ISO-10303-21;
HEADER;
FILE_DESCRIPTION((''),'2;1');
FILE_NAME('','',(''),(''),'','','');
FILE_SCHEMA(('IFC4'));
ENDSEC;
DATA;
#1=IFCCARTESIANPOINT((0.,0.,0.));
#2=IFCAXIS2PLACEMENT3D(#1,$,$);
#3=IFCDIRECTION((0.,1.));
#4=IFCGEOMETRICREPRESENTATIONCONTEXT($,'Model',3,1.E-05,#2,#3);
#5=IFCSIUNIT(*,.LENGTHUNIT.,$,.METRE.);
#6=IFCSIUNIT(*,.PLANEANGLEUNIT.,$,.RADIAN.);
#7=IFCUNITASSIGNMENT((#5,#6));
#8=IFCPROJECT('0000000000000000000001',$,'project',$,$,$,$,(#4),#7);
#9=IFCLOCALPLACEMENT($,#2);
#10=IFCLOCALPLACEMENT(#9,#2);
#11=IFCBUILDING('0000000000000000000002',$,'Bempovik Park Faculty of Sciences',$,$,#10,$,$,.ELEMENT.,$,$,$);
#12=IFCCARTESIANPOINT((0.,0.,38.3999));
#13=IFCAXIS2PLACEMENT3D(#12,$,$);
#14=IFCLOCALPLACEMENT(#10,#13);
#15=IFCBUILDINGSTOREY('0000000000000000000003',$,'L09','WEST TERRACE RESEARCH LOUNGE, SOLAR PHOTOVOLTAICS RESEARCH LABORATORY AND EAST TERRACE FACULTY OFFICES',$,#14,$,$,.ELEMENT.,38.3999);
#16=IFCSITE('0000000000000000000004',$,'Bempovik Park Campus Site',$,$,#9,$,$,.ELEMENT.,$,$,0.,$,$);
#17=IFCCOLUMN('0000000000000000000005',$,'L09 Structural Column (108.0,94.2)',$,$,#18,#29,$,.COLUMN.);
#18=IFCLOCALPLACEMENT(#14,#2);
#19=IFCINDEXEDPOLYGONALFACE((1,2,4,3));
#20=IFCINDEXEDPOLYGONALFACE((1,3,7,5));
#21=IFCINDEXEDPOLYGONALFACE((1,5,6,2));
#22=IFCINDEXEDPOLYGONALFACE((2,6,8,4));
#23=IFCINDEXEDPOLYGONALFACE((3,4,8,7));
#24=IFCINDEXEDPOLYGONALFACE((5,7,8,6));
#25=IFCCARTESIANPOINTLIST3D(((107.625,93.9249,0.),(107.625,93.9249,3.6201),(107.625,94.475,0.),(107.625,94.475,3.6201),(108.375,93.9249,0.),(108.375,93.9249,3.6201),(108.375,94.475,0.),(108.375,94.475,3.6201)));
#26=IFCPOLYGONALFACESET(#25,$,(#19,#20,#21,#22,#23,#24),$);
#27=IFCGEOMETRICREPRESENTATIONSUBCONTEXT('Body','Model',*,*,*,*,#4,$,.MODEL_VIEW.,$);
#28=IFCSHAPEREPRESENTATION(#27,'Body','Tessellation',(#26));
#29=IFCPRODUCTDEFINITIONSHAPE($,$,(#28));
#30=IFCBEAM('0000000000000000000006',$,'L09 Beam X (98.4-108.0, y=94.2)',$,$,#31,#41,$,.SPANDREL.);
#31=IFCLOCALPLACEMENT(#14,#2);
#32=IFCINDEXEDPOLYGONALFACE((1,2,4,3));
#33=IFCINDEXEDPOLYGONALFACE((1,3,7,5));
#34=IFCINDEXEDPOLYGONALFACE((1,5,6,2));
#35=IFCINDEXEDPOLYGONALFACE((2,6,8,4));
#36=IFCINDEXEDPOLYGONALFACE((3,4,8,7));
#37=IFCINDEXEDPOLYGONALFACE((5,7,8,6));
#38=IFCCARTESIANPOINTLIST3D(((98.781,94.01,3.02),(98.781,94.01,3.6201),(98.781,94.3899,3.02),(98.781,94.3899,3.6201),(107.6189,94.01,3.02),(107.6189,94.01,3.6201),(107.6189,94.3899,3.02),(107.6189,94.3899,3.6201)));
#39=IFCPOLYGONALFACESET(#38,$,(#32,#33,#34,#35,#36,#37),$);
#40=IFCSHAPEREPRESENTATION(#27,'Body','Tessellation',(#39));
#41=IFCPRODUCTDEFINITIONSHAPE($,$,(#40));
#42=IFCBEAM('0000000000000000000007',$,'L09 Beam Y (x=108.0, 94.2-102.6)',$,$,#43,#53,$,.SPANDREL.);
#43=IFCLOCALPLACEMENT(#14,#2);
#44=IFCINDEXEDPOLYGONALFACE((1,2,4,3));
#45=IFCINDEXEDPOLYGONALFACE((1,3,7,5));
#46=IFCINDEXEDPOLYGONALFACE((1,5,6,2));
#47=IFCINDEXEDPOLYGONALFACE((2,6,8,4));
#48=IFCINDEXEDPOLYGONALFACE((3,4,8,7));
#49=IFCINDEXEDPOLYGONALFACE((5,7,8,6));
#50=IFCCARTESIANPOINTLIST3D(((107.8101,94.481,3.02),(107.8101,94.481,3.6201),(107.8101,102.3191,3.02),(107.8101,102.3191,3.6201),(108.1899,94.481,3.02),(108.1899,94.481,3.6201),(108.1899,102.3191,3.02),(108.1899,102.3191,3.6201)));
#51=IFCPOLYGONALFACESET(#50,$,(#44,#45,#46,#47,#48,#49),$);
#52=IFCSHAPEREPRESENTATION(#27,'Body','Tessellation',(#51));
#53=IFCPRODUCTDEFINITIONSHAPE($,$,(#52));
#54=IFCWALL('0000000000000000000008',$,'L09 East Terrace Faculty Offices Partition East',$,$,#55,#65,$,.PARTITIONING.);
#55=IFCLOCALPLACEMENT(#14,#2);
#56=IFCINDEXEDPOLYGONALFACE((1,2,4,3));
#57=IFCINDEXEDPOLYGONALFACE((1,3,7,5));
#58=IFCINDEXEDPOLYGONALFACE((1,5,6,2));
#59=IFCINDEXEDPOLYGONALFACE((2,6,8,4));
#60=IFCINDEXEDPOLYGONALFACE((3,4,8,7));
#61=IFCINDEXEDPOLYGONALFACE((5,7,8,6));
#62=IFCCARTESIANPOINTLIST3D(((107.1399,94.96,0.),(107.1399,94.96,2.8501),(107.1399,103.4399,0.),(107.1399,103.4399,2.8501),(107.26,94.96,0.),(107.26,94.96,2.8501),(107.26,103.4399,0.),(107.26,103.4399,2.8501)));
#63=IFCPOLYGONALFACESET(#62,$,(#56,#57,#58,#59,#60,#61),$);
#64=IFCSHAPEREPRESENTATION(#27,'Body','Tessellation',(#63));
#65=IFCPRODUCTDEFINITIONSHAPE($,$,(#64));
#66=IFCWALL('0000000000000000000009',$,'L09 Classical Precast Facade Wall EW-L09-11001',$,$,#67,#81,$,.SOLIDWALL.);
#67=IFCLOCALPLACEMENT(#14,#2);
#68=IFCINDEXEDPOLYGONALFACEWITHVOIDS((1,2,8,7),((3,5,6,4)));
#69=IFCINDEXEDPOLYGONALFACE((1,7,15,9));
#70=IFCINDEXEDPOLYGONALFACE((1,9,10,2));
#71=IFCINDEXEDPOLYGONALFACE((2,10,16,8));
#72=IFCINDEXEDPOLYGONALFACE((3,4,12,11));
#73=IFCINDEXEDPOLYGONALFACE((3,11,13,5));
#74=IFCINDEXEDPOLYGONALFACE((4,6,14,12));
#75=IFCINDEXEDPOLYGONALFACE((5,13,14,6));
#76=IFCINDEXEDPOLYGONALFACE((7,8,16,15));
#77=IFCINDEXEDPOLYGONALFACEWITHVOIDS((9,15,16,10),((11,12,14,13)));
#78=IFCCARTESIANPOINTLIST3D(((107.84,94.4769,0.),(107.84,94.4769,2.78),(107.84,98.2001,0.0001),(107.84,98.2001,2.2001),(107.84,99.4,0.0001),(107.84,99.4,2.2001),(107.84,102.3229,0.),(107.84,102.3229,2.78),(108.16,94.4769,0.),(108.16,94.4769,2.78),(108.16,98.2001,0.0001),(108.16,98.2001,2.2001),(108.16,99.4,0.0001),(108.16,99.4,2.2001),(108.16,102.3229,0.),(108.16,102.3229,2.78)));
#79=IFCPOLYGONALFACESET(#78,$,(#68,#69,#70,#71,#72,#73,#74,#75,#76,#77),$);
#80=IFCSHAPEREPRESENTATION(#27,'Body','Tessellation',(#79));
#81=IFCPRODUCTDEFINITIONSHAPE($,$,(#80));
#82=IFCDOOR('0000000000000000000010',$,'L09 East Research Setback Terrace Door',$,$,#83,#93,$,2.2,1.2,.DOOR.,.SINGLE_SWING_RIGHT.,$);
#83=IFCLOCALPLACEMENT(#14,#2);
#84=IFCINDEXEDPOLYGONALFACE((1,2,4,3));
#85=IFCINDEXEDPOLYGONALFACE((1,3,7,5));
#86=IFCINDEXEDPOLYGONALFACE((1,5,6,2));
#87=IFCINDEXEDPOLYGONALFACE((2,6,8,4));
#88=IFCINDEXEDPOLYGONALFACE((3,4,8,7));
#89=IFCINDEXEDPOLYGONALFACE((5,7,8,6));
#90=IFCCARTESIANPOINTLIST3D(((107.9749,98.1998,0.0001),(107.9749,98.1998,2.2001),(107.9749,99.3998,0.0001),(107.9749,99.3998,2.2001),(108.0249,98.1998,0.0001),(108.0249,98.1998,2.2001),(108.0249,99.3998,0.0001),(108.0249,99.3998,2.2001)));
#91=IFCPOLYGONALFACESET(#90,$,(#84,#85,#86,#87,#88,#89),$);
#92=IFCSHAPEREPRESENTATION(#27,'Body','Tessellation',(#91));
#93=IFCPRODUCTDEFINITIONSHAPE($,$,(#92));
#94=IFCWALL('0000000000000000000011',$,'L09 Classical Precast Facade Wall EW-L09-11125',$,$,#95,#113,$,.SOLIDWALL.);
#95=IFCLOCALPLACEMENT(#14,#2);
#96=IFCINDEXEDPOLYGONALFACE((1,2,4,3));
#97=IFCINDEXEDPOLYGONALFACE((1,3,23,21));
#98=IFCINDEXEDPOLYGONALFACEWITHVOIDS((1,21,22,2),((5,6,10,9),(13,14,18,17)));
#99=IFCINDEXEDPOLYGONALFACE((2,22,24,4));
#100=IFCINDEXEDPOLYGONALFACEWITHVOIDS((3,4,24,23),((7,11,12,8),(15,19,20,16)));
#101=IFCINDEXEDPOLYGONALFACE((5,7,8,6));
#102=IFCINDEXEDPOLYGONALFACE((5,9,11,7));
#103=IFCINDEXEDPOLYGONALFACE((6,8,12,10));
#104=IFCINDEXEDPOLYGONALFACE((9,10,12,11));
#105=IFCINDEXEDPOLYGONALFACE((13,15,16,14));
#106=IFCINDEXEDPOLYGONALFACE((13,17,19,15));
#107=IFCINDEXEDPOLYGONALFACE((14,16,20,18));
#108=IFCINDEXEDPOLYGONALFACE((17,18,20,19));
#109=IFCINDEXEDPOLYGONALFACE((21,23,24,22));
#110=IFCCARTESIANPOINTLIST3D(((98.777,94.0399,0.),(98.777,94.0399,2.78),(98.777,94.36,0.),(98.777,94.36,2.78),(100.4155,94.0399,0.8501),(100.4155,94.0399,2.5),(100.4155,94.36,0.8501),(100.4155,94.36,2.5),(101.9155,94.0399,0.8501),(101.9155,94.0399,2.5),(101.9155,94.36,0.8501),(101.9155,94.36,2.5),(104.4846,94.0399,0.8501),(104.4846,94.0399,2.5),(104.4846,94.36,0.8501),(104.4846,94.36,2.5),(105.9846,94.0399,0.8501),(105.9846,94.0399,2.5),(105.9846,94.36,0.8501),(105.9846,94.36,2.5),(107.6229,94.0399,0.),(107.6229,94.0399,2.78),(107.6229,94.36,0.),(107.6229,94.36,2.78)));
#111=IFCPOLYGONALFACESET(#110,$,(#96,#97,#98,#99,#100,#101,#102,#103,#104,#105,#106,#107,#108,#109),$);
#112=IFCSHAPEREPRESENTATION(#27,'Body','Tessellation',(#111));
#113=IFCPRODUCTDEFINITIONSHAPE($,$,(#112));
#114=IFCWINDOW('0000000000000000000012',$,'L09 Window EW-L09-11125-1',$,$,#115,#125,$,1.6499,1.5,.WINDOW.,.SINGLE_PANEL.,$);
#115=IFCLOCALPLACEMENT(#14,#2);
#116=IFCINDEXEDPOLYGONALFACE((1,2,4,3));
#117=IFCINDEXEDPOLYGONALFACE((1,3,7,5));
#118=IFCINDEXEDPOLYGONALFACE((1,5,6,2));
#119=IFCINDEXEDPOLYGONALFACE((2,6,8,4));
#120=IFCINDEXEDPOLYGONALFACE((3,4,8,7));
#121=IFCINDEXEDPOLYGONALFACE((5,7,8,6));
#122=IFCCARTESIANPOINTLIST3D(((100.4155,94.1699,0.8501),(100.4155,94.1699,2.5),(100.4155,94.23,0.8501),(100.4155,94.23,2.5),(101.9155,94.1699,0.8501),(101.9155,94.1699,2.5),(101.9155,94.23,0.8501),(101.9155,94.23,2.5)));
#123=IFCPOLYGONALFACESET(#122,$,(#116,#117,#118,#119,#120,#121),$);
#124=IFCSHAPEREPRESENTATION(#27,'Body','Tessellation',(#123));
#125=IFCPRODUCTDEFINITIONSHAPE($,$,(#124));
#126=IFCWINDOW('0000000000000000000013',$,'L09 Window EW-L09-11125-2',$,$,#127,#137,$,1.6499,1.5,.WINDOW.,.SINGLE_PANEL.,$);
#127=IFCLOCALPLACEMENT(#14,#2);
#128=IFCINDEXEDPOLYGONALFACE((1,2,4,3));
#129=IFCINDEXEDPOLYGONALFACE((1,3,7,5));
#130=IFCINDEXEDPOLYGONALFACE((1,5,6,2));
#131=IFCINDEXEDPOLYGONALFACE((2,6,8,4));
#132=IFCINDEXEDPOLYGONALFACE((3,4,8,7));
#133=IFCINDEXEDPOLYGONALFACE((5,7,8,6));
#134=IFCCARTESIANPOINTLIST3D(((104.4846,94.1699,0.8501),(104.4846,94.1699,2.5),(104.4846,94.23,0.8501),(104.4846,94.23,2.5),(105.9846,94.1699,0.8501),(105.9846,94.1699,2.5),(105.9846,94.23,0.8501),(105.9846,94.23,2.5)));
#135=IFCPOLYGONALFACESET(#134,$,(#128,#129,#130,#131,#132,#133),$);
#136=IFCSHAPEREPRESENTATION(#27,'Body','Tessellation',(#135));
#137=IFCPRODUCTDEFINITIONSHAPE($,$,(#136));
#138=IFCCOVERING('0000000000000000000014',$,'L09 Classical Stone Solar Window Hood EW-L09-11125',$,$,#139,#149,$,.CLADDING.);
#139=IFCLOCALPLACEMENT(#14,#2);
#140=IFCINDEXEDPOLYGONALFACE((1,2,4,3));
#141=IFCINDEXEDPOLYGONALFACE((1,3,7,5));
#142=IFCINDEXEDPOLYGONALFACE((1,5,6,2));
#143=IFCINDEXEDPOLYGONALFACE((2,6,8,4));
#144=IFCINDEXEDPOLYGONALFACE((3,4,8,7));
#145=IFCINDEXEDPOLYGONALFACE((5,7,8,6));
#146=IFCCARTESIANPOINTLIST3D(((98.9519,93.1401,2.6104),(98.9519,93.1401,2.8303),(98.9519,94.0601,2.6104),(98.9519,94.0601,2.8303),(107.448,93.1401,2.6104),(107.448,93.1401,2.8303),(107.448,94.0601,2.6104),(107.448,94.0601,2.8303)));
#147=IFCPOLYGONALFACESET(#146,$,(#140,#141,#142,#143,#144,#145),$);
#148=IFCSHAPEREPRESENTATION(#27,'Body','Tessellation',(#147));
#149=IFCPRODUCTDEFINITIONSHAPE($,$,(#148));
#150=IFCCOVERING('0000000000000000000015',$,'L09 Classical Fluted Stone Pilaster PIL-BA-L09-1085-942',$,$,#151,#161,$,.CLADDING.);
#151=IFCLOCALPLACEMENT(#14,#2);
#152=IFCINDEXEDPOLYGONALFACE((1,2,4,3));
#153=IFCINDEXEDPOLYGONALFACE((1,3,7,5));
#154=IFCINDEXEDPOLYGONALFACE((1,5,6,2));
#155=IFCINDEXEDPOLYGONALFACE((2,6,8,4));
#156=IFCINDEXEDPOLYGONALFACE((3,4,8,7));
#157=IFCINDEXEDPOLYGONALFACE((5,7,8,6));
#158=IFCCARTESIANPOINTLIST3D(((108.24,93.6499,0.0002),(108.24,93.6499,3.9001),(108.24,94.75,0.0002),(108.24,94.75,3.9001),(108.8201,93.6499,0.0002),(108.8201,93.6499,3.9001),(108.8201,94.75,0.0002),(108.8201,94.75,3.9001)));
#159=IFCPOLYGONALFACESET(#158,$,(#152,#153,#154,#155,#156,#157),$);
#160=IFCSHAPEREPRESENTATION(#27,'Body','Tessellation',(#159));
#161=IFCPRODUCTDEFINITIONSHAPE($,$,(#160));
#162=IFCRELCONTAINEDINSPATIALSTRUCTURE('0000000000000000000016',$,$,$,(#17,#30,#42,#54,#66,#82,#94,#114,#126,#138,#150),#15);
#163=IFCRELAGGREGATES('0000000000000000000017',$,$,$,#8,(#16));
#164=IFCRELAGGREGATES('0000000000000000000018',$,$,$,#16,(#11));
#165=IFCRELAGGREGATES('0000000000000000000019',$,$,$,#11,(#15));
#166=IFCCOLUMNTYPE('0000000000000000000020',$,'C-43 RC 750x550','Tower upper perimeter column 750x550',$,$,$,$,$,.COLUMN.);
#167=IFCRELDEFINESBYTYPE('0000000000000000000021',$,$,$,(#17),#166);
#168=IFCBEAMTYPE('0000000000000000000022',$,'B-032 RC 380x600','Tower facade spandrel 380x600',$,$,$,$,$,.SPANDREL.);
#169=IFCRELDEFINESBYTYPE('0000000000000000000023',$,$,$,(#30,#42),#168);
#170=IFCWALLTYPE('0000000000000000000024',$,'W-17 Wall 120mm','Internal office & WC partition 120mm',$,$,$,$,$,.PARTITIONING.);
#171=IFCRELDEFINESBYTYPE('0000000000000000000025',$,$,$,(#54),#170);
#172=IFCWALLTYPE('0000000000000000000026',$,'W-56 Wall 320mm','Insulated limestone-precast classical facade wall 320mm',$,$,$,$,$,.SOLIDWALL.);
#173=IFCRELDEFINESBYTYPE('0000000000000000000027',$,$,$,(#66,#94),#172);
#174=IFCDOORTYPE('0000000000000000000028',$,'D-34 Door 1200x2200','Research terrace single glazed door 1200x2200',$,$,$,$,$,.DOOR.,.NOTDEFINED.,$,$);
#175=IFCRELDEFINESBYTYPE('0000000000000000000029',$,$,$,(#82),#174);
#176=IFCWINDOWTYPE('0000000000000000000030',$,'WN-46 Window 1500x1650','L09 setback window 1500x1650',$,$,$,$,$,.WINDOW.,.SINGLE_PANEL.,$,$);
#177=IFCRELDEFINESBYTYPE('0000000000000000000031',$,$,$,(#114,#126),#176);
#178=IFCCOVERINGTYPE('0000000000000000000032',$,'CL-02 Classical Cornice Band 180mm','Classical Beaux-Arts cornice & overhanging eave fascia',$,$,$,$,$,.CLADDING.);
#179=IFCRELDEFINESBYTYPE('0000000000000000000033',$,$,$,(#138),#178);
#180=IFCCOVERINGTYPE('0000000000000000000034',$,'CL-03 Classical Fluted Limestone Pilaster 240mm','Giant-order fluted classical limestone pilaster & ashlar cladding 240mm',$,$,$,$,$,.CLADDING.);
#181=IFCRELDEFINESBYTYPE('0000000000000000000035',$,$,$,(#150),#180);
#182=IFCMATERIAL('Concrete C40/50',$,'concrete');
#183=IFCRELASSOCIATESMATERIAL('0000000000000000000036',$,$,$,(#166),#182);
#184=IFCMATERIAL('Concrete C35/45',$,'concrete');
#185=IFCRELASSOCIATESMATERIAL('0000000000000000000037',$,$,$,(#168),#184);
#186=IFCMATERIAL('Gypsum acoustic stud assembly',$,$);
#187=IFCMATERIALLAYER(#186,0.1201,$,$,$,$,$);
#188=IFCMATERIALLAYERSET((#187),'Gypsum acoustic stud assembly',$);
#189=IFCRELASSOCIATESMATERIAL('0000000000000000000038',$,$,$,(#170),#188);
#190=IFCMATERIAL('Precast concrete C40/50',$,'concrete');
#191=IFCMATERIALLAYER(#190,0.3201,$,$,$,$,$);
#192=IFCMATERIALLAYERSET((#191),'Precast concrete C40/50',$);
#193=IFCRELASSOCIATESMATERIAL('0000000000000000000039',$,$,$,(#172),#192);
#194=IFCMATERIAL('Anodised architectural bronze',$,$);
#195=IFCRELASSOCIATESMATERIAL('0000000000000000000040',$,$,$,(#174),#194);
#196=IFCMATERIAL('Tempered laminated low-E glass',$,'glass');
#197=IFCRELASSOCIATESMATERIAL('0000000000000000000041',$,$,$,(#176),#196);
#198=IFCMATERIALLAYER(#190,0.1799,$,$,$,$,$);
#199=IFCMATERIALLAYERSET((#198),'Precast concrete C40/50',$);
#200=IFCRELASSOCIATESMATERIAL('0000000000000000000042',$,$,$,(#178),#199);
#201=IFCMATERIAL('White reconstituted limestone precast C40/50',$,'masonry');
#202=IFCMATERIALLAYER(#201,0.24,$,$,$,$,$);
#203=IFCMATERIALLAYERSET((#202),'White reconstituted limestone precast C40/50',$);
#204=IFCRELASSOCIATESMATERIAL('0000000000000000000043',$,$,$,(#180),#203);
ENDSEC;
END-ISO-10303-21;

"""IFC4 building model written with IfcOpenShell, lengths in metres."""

from ifc_helpers import new_model, si_unit, direction, frame, frame_2d, origin, origin_2d, place, context, subcontext, project, spatial, rectangle, extrude, material, layer, layer_set, material_profile, profile_set, type_object, element, fill, save


model = new_model("IFC4")

# Units and contexts
model_context = context("Model", 3, precision=1e-05, world=origin(), true_north=direction((0.0, 1.0)))
body_context = subcontext(model_context, "Body", "Model", "MODEL_VIEW")
ifc_project = project(units=[si_unit("LENGTHUNIT", "METRE"), si_unit("PLANEANGLEUNIT", "RADIAN")], contexts=[model_context])

# Site, building, storey
site_placement = place(None, origin())
site = spatial("IfcSite", under=ifc_project, at=site_placement, Name="Bempovik Park Campus Site", CompositionType="ELEMENT", RefElevation=0.0)
building_placement = place(site_placement, origin())
building = spatial("IfcBuilding", under=site, at=building_placement, Name="Bempovik Park Faculty of Sciences", CompositionType="ELEMENT")
storey_placement = place(building_placement, frame((0.0, 0.0, 38.3999)))
storey = spatial("IfcBuildingStorey", under=building, at=storey_placement, Name="L09", Description="WEST TERRACE RESEARCH LOUNGE, SOLAR PHOTOVOLTAICS RESEARCH LABORATORY AND EAST TERRACE FACULTY OFFICES", CompositionType="ELEMENT", Elevation=38.3999)

# Column
ifc_material_1 = material(Name="Concrete C40/50", Category="concrete")
ifc_material_profile_1 = material_profile(ifc_material_1, rectangle(XDim=0.75, YDim=0.55, at=origin_2d()), Name="RC 750x550")
ifc_profile_set_1 = profile_set([ifc_material_profile_1], Name="Concrete C40/50")
column_type = type_object("IfcColumnType", Name="C-43 RC 750x550", Description="Tower upper perimeter column 750x550", PredefinedType="COLUMN", material=ifc_profile_set_1)
column_placement = place(storey_placement, frame((108.0, 94.2, 0.0), z_axis=(0.0, 0.0, 1.0), x_axis=(1.0, 0.0, 0.0)))
element("IfcColumn", 1, at=column_placement, inside=storey, type_object=column_type, Name="L09 Structural Column (108.0,94.2)", PredefinedType="COLUMN", context=body_context, shape_type="SweptSolid", body=[
    extrude(rectangle(XDim=0.75, YDim=0.55, at=origin_2d()), origin(), (0.0, 0.0, 1.0), 3.6201),
])

# Beams
ifc_material_2 = material(Name="Concrete C35/45", Category="concrete")
ifc_material_profile_2 = material_profile(ifc_material_2, rectangle(XDim=0.3799, YDim=0.6001, at=origin_2d()), Name="RC 380x600")
ifc_profile_set_2 = profile_set([ifc_material_profile_2], Name="Concrete C35/45")
beam_type = type_object("IfcBeamType", Name="B-032 RC 380x600", Description="Tower facade spandrel 380x600", PredefinedType="SPANDREL", material=ifc_profile_set_2)
beam_1_placement = place(storey_placement, frame((98.781, 94.2, 3.3201), z_axis=(1.0, 0.0, 0.0), x_axis=(0.0, 1.0, 0.0)))
element("IfcBeam", 2, at=beam_1_placement, inside=storey, type_object=beam_type, Name="L09 Beam X (98.4-108.0, y=94.2)", PredefinedType="SPANDREL", context=body_context, shape_type="SweptSolid", body=[
    extrude(rectangle(XDim=0.3799, YDim=0.6001, at=origin_2d()), origin(), (0.0, 0.0, 1.0), 8.8379),
])
beam_2_placement = place(storey_placement, frame((108.0, 94.481, 3.3201), z_axis=(0.0, 1.0, 0.0), x_axis=(-1.0, 0.0, 0.0)))
element("IfcBeam", 3, at=beam_2_placement, inside=storey, type_object=beam_type, Name="L09 Beam Y (x=108.0, 94.2-102.6)", PredefinedType="SPANDREL", context=body_context, shape_type="SweptSolid", body=[
    extrude(rectangle(XDim=0.3799, YDim=0.6001, at=origin_2d()), origin(), (0.0, 0.0, 1.0), 7.8381),
])

# Wall
ifc_material_3 = material(Name="Gypsum acoustic stud assembly")
ifc_layer_1 = layer(ifc_material_3, 0.1201)
ifc_layer_set_1 = layer_set([ifc_layer_1], Name="Gypsum acoustic stud assembly")
wall_type_1 = type_object("IfcWallType", Name="W-17 Wall 120mm", Description="Internal office & WC partition 120mm", PredefinedType="PARTITIONING", material=ifc_layer_set_1)
wall_1_placement = place(storey_placement, frame((107.2, 94.96, 0.0), z_axis=(0.0, 0.0, 1.0), x_axis=(0.0, 1.0, 0.0)))
element("IfcWall", 4, at=wall_1_placement, inside=storey, type_object=wall_type_1, Name="L09 East Terrace Faculty Offices Partition East", PredefinedType="PARTITIONING", context=body_context, shape_type="SweptSolid", body=[
    extrude(rectangle(XDim=8.48, YDim=0.1201, at=frame_2d((4.24, 0.0))), origin(), (0.0, 0.0, 1.0), 2.8501),
])

# Wall, opening, door
ifc_material_4 = material(Name="Precast concrete C40/50", Category="concrete")
ifc_layer_2 = layer(ifc_material_4, 0.3201)
ifc_layer_set_2 = layer_set([ifc_layer_2], Name="Precast concrete C40/50")
wall_type_2 = type_object("IfcWallType", Name="W-56 Wall 320mm", Description="Insulated limestone-precast classical facade wall 320mm", PredefinedType="SOLIDWALL", material=ifc_layer_set_2)
wall_2_placement = place(storey_placement, frame((108.0, 94.4771, 0.0), z_axis=(0.0, 0.0, 1.0), x_axis=(0.0, 1.0, 0.0)))
wall_2 = element("IfcWall", 5, at=wall_2_placement, inside=storey, type_object=wall_type_2, Name="L09 Classical Precast Facade Wall EW-L09-11001", PredefinedType="SOLIDWALL", context=body_context, shape_type="SweptSolid", body=[
    extrude(rectangle(XDim=7.8459, YDim=0.3201, at=frame_2d((3.9229, 0.0))), origin(), (0.0, 0.0, 1.0), 2.78),
])
opening_1_placement = place(wall_2_placement, frame((3.7229, 0.0, 0.0)))
opening_1 = element("IfcOpeningElement", 6, at=opening_1_placement, cuts=wall_2, PredefinedType="OPENING", context=body_context, shape_type="SweptSolid", body=[
    extrude(rectangle(XDim=1.2, YDim=2.2, at=frame_2d((0.6001, 1.1001))), frame((0.0, 0.1699, 0.0), z_axis=(0.0, -1.0, 0.0), x_axis=(1.0, 0.0, 0.0)), (0.0, 0.0, 1.0), 0.3401),
])
ifc_material_5 = material(Name="Anodised architectural bronze")
door_type = type_object("IfcDoorType", Name="D-34 Door 1200x2200", Description="Research terrace single glazed door 1200x2200", OperationType="NOTDEFINED", PredefinedType="DOOR", material=ifc_material_5)
door_placement = place(opening_1_placement, frame((1.2, 0.0, 0.0), z_axis=(0.0, 0.0, 1.0), x_axis=(-1.0, 0.0, 0.0)))
door = element("IfcDoor", 7, at=door_placement, inside=storey, type_object=door_type, Name="L09 East Research Setback Terrace Door", OperationType="SINGLE_SWING_RIGHT", OverallHeight=2.2, OverallWidth=1.2, PredefinedType="DOOR", context=body_context, shape_type="SweptSolid", body=[
    extrude(rectangle(XDim=1.2, YDim=2.2, at=frame_2d((0.6001, 1.1001))), frame((0.0, 0.0249, 0.0), z_axis=(0.0, -1.0, 0.0), x_axis=(1.0, 0.0, 0.0)), (0.0, 0.0, 1.0), 0.05),
])
fill(opening_1, door)

# Wall, openings, windows
wall_3_placement = place(storey_placement, frame((98.7771, 94.2, 0.0), z_axis=(0.0, 0.0, 1.0), x_axis=(1.0, 0.0, 0.0)))
wall_3 = element("IfcWall", 8, at=wall_3_placement, inside=storey, type_object=wall_type_2, Name="L09 Classical Precast Facade Wall EW-L09-11125", PredefinedType="SOLIDWALL", context=body_context, shape_type="SweptSolid", body=[
    extrude(rectangle(XDim=8.8459, YDim=0.3201, at=frame_2d((4.4229, 0.0))), origin(), (0.0, 0.0, 1.0), 2.78),
])
opening_2_placement = place(wall_3_placement, frame((1.6384, 0.0, 0.8501)))
opening_2 = element("IfcOpeningElement", 9, at=opening_2_placement, cuts=wall_3, PredefinedType="OPENING", context=body_context, shape_type="SweptSolid", body=[
    extrude(rectangle(XDim=1.5, YDim=1.6499, at=frame_2d((0.75, 0.825))), frame((0.0, 0.1699, 0.0), z_axis=(0.0, -1.0, 0.0), x_axis=(1.0, 0.0, 0.0)), (0.0, 0.0, 1.0), 0.3401),
])
opening_3_placement = place(wall_3_placement, frame((5.7075, 0.0, 0.8501)))
opening_3 = element("IfcOpeningElement", 10, at=opening_3_placement, cuts=wall_3, PredefinedType="OPENING", context=body_context, shape_type="SweptSolid", body=[
    extrude(rectangle(XDim=1.5, YDim=1.6499, at=frame_2d((0.75, 0.825))), frame((0.0, 0.1699, 0.0), z_axis=(0.0, -1.0, 0.0), x_axis=(1.0, 0.0, 0.0)), (0.0, 0.0, 1.0), 0.3401),
])
ifc_material_6 = material(Name="Tempered laminated low-E glass", Category="glass")
window_type = type_object("IfcWindowType", Name="WN-46 Window 1500x1650", Description="L09 setback window 1500x1650", PartitioningType="SINGLE_PANEL", PredefinedType="WINDOW", material=ifc_material_6)
window_1_placement = place(opening_2_placement, origin())
window_1 = element("IfcWindow", 11, at=window_1_placement, inside=storey, type_object=window_type, Name="L09 Window EW-L09-11125-1", OverallHeight=1.6499, OverallWidth=1.5, PartitioningType="SINGLE_PANEL", PredefinedType="WINDOW", context=body_context, shape_type="SweptSolid", body=[
    extrude(rectangle(XDim=1.5, YDim=1.6499, at=frame_2d((0.75, 0.825))), frame((0.0, 0.03, 0.0), z_axis=(0.0, -1.0, 0.0), x_axis=(1.0, 0.0, 0.0)), (0.0, 0.0, 1.0), 0.0601),
])
fill(opening_2, window_1)
window_2_placement = place(opening_3_placement, origin())
window_2 = element("IfcWindow", 12, at=window_2_placement, inside=storey, type_object=window_type, Name="L09 Window EW-L09-11125-2", OverallHeight=1.6499, OverallWidth=1.5, PartitioningType="SINGLE_PANEL", PredefinedType="WINDOW", context=body_context, shape_type="SweptSolid", body=[
    extrude(rectangle(XDim=1.5, YDim=1.6499, at=frame_2d((0.75, 0.825))), frame((0.0, 0.03, 0.0), z_axis=(0.0, -1.0, 0.0), x_axis=(1.0, 0.0, 0.0)), (0.0, 0.0, 1.0), 0.0601),
])
fill(opening_3, window_2)

# Coverings
ifc_layer_3 = layer(ifc_material_4, 0.1799)
ifc_layer_set_3 = layer_set([ifc_layer_3], Name="Precast concrete C40/50")
covering_type_1 = type_object("IfcCoveringType", Name="CL-02 Classical Cornice Band 180mm", Description="Classical Beaux-Arts cornice & overhanging eave fascia", PredefinedType="CLADDING", material=ifc_layer_set_3)
covering_1_placement = place(storey_placement, frame((103.2, 93.6001, 2.6104), z_axis=(0.0, 0.0, 1.0), x_axis=(1.0, 0.0, 0.0)))
element("IfcCovering", 13, at=covering_1_placement, inside=storey, type_object=covering_type_1, Name="L09 Classical Stone Solar Window Hood EW-L09-11125", PredefinedType="CLADDING", context=body_context, shape_type="SweptSolid", body=[
    extrude(rectangle(XDim=8.4961, YDim=0.9199, at=origin_2d()), origin(), (0.0, 0.0, 1.0), 0.22),
])
ifc_material_7 = material(Name="White reconstituted limestone precast C40/50", Category="masonry")
ifc_layer_4 = layer(ifc_material_7, 0.24)
ifc_layer_set_4 = layer_set([ifc_layer_4], Name="White reconstituted limestone precast C40/50")
covering_type_2 = type_object("IfcCoveringType", Name="CL-03 Classical Fluted Limestone Pilaster 240mm", Description="Giant-order fluted classical limestone pilaster & ashlar cladding 240mm", PredefinedType="CLADDING", material=ifc_layer_set_4)
covering_2_placement = place(storey_placement, frame((108.53, 94.2, 0.0002), z_axis=(0.0, 0.0, 1.0), x_axis=(1.0, 0.0, 0.0)))
element("IfcCovering", 14, at=covering_2_placement, inside=storey, type_object=covering_type_2, Name="L09 Classical Fluted Stone Pilaster PIL-BA-L09-1085-942", PredefinedType="CLADDING", context=body_context, shape_type="SweptSolid", body=[
    extrude(rectangle(XDim=0.5801, YDim=1.1001, at=origin_2d()), origin(), (0.0, 0.0, 1.0), 3.8999),
])

save(model, "model.ifc")
